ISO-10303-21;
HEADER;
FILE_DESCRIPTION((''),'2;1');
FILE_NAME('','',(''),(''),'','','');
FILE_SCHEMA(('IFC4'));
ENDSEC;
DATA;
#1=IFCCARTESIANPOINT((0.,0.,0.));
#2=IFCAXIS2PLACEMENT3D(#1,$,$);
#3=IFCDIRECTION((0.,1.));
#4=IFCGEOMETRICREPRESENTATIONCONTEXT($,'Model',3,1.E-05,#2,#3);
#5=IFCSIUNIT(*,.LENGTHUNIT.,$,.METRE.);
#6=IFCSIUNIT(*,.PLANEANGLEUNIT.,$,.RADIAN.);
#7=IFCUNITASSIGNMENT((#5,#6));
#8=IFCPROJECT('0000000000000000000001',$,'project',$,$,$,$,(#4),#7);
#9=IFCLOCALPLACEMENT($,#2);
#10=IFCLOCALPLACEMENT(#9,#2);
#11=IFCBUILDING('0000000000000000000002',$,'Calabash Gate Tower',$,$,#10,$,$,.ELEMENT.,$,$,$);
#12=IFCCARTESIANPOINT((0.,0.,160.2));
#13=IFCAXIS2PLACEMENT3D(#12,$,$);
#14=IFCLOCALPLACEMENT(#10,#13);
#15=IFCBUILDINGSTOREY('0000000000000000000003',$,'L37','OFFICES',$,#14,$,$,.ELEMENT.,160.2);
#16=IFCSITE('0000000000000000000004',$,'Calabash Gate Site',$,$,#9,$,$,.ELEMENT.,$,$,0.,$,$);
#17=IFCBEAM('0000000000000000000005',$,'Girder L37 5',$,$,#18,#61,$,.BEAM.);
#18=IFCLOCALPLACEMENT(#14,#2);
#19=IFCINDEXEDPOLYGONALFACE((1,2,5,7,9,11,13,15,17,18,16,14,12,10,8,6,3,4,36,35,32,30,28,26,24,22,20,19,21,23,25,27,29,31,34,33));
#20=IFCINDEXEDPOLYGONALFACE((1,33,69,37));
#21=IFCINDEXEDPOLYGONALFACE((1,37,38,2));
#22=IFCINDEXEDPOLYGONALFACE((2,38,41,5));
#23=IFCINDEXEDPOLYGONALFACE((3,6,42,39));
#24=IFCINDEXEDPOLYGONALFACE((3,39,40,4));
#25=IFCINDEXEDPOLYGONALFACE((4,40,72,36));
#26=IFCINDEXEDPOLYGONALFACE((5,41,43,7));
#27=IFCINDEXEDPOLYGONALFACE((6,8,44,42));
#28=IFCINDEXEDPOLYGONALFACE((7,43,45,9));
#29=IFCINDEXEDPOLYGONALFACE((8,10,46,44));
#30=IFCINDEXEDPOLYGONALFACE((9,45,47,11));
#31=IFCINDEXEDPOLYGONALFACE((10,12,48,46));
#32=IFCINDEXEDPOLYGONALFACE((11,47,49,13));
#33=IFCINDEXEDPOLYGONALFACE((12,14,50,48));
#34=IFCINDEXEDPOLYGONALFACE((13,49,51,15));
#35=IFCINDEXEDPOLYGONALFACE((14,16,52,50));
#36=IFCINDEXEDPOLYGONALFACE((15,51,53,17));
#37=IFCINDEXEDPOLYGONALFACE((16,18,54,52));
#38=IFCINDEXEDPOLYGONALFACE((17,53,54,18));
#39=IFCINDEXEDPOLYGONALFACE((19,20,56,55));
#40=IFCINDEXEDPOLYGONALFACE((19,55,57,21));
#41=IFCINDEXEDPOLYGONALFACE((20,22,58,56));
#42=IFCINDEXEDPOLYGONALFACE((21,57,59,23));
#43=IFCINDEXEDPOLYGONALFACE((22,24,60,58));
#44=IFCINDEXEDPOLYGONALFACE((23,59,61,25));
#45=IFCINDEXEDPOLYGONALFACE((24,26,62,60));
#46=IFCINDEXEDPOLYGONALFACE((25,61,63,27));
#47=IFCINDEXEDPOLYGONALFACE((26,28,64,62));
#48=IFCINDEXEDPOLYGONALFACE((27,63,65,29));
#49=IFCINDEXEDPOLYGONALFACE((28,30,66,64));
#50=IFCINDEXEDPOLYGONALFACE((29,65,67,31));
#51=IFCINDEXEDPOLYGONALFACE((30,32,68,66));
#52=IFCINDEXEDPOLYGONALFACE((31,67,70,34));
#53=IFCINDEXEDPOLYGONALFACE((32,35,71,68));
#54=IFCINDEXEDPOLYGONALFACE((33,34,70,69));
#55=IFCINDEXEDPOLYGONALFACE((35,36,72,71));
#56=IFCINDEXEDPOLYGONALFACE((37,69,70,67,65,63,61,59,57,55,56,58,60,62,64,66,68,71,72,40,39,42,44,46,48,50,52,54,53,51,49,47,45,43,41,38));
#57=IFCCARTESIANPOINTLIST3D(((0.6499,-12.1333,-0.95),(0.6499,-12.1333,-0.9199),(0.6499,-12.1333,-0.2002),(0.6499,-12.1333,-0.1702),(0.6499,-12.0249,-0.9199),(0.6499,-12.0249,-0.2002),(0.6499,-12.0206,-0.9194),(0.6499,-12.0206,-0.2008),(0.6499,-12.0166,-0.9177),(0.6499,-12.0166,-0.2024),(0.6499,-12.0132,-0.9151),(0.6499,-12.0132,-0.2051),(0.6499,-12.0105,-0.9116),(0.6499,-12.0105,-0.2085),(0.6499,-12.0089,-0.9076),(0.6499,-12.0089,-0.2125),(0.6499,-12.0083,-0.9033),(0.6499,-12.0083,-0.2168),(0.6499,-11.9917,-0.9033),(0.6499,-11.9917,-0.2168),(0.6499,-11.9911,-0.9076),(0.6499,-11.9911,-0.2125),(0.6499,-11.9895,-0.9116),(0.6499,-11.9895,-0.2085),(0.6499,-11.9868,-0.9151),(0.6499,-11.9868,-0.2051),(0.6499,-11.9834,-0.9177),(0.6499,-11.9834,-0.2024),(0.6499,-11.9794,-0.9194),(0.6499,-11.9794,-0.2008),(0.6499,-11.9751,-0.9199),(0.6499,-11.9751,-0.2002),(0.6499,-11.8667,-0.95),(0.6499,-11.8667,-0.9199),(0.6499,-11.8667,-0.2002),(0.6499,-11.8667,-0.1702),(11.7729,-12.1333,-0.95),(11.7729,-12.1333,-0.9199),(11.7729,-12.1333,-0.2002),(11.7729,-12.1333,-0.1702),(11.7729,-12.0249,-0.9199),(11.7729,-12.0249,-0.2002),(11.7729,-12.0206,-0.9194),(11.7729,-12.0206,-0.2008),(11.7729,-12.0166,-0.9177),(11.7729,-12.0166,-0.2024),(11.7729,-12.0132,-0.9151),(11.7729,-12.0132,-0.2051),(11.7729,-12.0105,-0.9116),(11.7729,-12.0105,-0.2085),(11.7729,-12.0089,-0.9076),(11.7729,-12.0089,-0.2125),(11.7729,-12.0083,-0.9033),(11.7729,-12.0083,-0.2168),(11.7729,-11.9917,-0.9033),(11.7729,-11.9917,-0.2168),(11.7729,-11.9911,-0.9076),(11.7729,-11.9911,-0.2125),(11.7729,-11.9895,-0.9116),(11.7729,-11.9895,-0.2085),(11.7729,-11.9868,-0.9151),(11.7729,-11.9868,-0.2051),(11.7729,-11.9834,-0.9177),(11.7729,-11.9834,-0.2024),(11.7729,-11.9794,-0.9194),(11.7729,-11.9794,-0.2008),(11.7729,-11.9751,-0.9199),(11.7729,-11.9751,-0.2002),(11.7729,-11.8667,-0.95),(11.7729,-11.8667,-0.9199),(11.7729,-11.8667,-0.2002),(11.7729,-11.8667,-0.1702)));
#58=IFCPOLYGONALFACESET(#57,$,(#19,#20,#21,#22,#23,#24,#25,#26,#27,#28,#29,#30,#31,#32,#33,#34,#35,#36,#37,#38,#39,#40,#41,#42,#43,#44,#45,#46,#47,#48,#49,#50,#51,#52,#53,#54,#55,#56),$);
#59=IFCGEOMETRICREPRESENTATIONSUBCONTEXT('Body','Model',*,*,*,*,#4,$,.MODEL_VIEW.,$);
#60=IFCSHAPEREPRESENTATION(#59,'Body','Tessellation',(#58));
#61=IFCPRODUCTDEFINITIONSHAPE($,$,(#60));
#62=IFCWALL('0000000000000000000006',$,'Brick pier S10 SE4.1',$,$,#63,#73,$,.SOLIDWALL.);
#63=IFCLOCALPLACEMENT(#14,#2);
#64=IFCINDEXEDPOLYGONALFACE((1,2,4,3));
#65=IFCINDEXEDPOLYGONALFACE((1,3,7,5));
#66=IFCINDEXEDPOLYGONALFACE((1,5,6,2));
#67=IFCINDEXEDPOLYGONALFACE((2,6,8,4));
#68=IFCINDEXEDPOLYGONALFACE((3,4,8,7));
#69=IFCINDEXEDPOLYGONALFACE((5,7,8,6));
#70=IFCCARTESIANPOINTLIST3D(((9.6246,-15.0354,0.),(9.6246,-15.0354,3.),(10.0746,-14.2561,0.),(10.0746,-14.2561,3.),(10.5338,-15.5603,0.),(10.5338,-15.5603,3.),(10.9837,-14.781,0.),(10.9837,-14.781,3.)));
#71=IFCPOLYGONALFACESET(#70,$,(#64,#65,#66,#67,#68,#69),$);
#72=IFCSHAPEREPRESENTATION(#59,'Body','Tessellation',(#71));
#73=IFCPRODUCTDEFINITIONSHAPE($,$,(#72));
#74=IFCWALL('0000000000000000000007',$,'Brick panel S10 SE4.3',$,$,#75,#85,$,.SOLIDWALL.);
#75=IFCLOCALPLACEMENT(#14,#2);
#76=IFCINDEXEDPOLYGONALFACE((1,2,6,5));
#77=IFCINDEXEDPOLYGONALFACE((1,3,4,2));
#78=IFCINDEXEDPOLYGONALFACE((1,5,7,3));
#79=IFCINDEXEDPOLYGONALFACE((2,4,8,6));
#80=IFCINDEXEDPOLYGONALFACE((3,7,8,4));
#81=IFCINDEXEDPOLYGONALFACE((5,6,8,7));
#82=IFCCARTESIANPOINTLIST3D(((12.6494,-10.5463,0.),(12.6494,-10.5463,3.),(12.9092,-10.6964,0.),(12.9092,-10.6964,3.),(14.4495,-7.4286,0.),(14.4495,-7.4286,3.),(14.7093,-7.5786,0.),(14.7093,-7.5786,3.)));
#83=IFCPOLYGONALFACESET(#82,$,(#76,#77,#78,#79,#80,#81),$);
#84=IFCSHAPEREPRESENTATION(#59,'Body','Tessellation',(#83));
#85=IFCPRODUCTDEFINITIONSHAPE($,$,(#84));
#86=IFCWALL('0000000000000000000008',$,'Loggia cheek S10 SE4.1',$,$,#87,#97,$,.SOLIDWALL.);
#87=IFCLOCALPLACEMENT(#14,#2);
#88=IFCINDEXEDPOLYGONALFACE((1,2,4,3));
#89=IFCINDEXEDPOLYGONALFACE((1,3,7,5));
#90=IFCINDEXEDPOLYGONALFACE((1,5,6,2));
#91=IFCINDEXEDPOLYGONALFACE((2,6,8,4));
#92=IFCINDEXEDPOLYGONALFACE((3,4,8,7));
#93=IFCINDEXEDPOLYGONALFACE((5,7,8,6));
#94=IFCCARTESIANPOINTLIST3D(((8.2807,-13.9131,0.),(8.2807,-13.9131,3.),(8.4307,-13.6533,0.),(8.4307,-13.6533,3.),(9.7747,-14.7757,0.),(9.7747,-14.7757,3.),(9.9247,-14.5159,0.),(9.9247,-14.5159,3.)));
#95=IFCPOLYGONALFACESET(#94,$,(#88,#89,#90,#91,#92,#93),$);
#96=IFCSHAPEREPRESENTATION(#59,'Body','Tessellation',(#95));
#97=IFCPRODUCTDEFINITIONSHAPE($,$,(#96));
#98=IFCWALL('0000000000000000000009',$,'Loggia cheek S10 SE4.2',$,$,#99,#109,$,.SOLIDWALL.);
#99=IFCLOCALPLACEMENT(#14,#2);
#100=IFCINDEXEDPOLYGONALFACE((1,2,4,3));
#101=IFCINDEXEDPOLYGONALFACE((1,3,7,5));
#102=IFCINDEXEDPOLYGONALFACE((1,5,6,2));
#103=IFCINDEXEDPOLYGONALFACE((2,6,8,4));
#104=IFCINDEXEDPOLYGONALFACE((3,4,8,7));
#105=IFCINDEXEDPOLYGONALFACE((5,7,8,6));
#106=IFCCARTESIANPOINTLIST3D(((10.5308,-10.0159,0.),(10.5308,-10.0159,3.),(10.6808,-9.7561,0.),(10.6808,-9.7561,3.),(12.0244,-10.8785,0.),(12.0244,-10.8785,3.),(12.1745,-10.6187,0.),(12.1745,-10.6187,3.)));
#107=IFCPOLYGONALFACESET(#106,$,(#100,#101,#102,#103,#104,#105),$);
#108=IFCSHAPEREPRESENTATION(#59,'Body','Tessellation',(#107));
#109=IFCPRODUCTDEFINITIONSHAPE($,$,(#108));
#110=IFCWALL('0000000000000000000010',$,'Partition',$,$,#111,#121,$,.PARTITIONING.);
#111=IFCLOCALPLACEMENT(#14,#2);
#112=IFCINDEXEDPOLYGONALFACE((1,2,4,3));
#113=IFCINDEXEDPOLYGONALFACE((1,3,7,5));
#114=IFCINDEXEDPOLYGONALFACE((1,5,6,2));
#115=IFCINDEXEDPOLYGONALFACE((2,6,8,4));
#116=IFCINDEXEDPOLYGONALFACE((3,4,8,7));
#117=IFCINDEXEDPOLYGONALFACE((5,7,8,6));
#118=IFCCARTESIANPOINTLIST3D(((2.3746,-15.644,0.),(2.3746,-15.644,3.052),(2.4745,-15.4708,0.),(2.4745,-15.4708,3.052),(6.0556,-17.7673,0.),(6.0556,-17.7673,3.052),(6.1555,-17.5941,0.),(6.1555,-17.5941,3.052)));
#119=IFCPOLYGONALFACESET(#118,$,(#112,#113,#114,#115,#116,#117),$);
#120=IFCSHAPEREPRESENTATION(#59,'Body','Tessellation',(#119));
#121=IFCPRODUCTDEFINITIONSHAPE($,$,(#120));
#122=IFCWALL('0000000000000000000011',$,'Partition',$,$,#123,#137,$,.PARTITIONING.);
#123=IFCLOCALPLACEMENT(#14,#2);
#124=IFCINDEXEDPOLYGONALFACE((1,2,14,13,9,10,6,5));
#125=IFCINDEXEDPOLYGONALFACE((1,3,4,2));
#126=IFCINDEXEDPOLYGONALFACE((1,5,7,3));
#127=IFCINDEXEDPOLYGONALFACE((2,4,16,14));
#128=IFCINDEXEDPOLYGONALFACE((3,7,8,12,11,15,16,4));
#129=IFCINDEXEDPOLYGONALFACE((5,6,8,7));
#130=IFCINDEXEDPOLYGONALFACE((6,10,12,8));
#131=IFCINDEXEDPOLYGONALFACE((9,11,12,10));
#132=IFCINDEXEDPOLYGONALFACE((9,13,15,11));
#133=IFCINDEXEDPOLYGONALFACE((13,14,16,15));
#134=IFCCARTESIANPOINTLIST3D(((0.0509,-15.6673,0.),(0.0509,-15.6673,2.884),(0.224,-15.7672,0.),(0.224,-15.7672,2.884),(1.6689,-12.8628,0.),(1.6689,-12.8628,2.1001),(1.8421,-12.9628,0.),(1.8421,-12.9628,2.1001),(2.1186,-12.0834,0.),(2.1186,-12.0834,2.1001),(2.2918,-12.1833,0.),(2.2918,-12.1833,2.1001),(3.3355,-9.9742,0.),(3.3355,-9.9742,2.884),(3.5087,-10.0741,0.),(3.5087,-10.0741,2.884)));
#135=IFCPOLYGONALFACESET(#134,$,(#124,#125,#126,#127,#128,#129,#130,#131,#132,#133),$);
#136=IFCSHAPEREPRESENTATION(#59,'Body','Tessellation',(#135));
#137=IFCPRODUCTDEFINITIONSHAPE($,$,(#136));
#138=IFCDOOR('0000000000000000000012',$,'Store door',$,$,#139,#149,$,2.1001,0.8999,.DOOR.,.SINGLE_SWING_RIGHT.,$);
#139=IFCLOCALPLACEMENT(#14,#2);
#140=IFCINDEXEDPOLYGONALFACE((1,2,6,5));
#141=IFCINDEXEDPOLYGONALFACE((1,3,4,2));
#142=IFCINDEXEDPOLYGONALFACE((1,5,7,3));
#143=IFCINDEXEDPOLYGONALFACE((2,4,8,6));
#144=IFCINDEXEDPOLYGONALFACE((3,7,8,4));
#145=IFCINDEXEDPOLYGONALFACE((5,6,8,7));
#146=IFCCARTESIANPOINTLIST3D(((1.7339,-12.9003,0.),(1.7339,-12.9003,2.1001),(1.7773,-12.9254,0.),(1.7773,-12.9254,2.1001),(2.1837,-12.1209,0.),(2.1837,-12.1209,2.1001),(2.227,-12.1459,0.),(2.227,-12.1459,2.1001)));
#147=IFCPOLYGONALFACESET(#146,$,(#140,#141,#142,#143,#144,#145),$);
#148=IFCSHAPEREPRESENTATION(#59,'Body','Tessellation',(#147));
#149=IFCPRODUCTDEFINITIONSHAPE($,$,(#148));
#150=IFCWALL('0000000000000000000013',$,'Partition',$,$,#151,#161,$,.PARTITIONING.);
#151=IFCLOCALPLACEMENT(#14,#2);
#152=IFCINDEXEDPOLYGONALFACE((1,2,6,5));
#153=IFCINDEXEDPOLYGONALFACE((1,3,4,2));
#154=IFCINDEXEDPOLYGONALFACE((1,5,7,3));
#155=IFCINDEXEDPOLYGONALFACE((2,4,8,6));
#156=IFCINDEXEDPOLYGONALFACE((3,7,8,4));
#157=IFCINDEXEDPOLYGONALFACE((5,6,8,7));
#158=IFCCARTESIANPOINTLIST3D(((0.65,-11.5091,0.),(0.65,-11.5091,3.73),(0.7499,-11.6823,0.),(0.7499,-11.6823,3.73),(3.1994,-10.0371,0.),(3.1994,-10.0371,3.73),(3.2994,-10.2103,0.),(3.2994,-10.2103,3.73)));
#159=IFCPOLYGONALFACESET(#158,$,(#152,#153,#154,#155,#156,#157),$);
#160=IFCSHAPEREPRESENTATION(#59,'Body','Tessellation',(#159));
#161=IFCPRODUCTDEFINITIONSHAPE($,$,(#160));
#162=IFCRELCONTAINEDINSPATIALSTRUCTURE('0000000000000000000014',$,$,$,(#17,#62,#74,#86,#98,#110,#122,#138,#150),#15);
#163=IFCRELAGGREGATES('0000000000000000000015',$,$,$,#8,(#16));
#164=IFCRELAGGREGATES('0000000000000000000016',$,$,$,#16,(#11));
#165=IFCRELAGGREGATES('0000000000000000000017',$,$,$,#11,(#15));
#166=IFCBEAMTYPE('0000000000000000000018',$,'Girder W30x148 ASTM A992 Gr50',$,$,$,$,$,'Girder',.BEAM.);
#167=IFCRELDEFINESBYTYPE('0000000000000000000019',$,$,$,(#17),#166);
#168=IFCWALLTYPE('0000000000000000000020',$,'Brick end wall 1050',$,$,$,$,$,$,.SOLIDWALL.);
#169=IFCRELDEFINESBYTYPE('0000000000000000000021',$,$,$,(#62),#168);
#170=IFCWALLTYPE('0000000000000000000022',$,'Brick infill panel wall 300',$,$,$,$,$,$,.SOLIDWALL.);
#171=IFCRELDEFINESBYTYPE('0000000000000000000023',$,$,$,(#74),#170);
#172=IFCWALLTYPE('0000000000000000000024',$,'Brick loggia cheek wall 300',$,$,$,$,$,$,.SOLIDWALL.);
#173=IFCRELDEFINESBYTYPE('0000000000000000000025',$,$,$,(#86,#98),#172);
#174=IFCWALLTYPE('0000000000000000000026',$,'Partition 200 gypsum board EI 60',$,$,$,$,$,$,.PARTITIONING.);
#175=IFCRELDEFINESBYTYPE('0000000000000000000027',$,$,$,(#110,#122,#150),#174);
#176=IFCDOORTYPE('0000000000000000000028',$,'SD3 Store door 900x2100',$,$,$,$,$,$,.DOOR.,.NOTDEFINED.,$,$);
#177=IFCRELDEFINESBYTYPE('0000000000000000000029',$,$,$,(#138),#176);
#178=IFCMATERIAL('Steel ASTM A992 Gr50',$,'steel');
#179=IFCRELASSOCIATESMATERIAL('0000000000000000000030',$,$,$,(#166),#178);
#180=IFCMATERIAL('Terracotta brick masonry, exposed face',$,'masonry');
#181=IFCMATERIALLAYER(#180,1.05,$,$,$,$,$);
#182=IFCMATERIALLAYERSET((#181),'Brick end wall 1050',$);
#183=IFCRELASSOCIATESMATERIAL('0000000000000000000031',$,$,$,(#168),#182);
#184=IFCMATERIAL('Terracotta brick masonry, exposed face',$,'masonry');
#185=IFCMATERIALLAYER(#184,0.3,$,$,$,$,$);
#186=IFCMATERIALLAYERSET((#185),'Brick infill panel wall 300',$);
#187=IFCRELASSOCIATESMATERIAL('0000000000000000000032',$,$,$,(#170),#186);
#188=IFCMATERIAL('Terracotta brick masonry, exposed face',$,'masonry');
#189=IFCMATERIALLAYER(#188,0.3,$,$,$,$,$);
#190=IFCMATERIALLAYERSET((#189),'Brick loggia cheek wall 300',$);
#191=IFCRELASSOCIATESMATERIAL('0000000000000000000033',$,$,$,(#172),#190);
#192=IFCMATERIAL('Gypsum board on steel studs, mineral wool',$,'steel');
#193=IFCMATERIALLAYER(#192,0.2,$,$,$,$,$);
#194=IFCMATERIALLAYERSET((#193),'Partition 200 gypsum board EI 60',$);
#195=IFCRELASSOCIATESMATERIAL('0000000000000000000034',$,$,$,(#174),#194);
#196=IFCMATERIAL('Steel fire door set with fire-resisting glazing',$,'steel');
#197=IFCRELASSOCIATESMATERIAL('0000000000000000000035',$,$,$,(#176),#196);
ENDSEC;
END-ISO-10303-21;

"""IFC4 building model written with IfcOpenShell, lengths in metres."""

from ifc_helpers import new_model, si_unit, direction, frame, frame_2d, origin, origin_2d, place, context, subcontext, project, spatial, rectangle, i_section, extrude, material, layer, layer_set, material_profile, profile_set, type_object, element, fill, save


model = new_model("IFC4")

# Units and contexts
model_context = context("Model", 3, precision=1e-05, world=origin(), true_north=direction((0.0, 1.0)))
body_context = subcontext(model_context, "Body", "Model", "MODEL_VIEW")
ifc_project = project(units=[si_unit("LENGTHUNIT", "METRE"), si_unit("PLANEANGLEUNIT", "RADIAN")], contexts=[model_context])

# Site, building, storey
site_placement = place(None, origin())
site = spatial("IfcSite", under=ifc_project, at=site_placement, Name="Calabash Gate Site", CompositionType="ELEMENT", RefElevation=0.0)
building_placement = place(site_placement, origin())
building = spatial("IfcBuilding", under=site, at=building_placement, Name="Calabash Gate Tower", CompositionType="ELEMENT")
storey_placement = place(building_placement, frame((0.0, 0.0, 160.2)))
storey = spatial("IfcBuildingStorey", under=building, at=storey_placement, Name="L37", Description="OFFICES", CompositionType="ELEMENT", Elevation=160.2)

# Beam
ifc_material_1 = material(Name="Steel ASTM A992 Gr50", Category="steel")
ifc_material_profile_1 = material_profile(ifc_material_1, i_section(OverallWidth=0.2666, OverallDepth=0.7798, WebThickness=0.0166, FlangeThickness=0.03, FilletRadius=0.0166, at=origin_2d()))
ifc_profile_set_1 = profile_set([ifc_material_profile_1], Name="Steel ASTM A992 Gr50")
beam_type_1 = type_object("IfcBeamType", Name="Girder W30x148 ASTM A992 Gr50", ElementType="Girder", PredefinedType="BEAM", material=ifc_profile_set_1)
beam_1_placement = place(storey_placement, frame((0.6499, -12.0, -0.5601), z_axis=(1.0, 0.0, 0.0), x_axis=(0.0, 1.0, 0.0)))
element("IfcBeam", 1, at=beam_1_placement, inside=storey, type_object=beam_type_1, Name="Girder L37 5", PredefinedType="BEAM", context=body_context, shape_type="SweptSolid", body=[
    extrude(i_section(OverallWidth=0.2666, OverallDepth=0.7798, WebThickness=0.0166, FlangeThickness=0.03, FilletRadius=0.0166, at=origin_2d()), origin(), (0.0, 0.0, 1.0), 11.123),
])

# Walls
ifc_material_2 = material(Name="Terracotta brick masonry, exposed face", Category="masonry")
ifc_layer_1 = layer(ifc_material_2, 1.05)
ifc_layer_set_1 = layer_set([ifc_layer_1], Name="Brick end wall 1050")
wall_type_1 = type_object("IfcWallType", Name="Brick end wall 1050", PredefinedType="SOLIDWALL", material=ifc_layer_set_1)
wall_1_placement = place(storey_placement, frame((9.8496, -14.6458, 0.0), z_axis=(0.0, 0.0, 1.0), x_axis=(0.866031, -0.499991, 0.0)))
element("IfcWall", 2, at=wall_1_placement, inside=storey, type_object=wall_type_1, Name="Brick pier S10 SE4.1", PredefinedType="SOLIDWALL", context=body_context, shape_type="SweptSolid", body=[
    extrude(rectangle(XDim=1.0498, YDim=0.8999, at=frame_2d((0.5249, 0.0))), origin(), (0.0, 0.0, 1.0), 3.0),
])
ifc_material_3 = material(Name="Terracotta brick masonry, exposed face", Category="masonry")
ifc_layer_2 = layer(ifc_material_3, 0.3)
ifc_layer_set_2 = layer_set([ifc_layer_2], Name="Brick infill panel wall 300")
wall_type_2 = type_object("IfcWallType", Name="Brick infill panel wall 300", PredefinedType="SOLIDWALL", material=ifc_layer_set_2)
wall_2_placement = place(storey_placement, frame((12.7793, -10.6213, 0.0), z_axis=(0.0, 0.0, 1.0), x_axis=(0.500012, 0.866018, 0.0)))
element("IfcWall", 3, at=wall_2_placement, inside=storey, type_object=wall_type_2, Name="Brick panel S10 SE4.3", PredefinedType="SOLIDWALL", context=body_context, shape_type="SweptSolid", body=[
    extrude(rectangle(XDim=3.6001, YDim=0.3, at=frame_2d((1.8, 0.0))), origin(), (0.0, 0.0, 1.0), 3.0),
])
ifc_material_4 = material(Name="Terracotta brick masonry, exposed face", Category="masonry")
ifc_layer_3 = layer(ifc_material_4, 0.3)
ifc_layer_set_3 = layer_set([ifc_layer_3], Name="Brick loggia cheek wall 300")
wall_type_3 = type_object("IfcWallType", Name="Brick loggia cheek wall 300", PredefinedType="SOLIDWALL", material=ifc_layer_set_3)
wall_3_placement = place(storey_placement, frame((8.3557, -13.7832, 0.0), z_axis=(0.0, 0.0, 1.0), x_axis=(0.866014, -0.500021, 0.0)))
element("IfcWall", 4, at=wall_3_placement, inside=storey, type_object=wall_type_3, Name="Loggia cheek S10 SE4.1", PredefinedType="SOLIDWALL", context=body_context, shape_type="SweptSolid", body=[
    extrude(rectangle(XDim=1.7251, YDim=0.3, at=frame_2d((0.8625, 0.0))), origin(), (0.0, 0.0, 1.0), 3.0),
])
wall_4_placement = place(storey_placement, frame((12.0994, -10.7485, 0.0), z_axis=(0.0, 0.0, 1.0), x_axis=(-0.865978, 0.500082, 0.0)))
element("IfcWall", 5, at=wall_4_placement, inside=storey, type_object=wall_type_3, Name="Loggia cheek S10 SE4.2", PredefinedType="SOLIDWALL", context=body_context, shape_type="SweptSolid", body=[
    extrude(rectangle(XDim=1.7249, YDim=0.3, at=frame_2d((0.8623, 0.0))), origin(), (0.0, 0.0, 1.0), 3.0),
])
ifc_material_5 = material(Name="Gypsum board on steel studs, mineral wool", Category="steel")
ifc_layer_4 = layer(ifc_material_5, 0.2)
ifc_layer_set_4 = layer_set([ifc_layer_4], Name="Partition 200 gypsum board EI 60")
wall_type_4 = type_object("IfcWallType", Name="Partition 200 gypsum board EI 60", PredefinedType="PARTITIONING", material=ifc_layer_set_4)
wall_5_placement = place(storey_placement, frame((2.4246, -15.5574, 0.0), z_axis=(0.0, 0.0, 1.0), x_axis=(0.866217, -0.499668, 0.0)))
element("IfcWall", 6, at=wall_5_placement, inside=storey, type_object=wall_type_4, Name="Partition", PredefinedType="PARTITIONING", context=body_context, shape_type="SweptSolid", body=[
    extrude(rectangle(XDim=4.2495, YDim=0.2, at=frame_2d((2.1248, 0.0))), origin(), (0.0, 0.0, 1.0), 3.052),
])

# Wall, opening, door
wall_6_placement = place(storey_placement, frame((0.1375, -15.7173, 0.0), z_axis=(0.0, 0.0, 1.0), x_axis=(0.499743, 0.866174, 0.0)))
wall_6 = element("IfcWall", 7, at=wall_6_placement, inside=storey, type_object=wall_type_4, Name="Partition", PredefinedType="PARTITIONING", context=body_context, shape_type="SweptSolid", body=[
    extrude(rectangle(XDim=6.5728, YDim=0.2, at=frame_2d((3.2864, 0.0))), origin(), (0.0, 0.0, 1.0), 2.884),
])
opening_1_placement = place(wall_6_placement, frame((3.2378, 0.0, 0.0)))
opening_1 = element("IfcOpeningElement", 8, at=opening_1_placement, cuts=wall_6, PredefinedType="OPENING", context=body_context, shape_type="SweptSolid", body=[
    extrude(rectangle(XDim=0.8999, YDim=2.1001, at=frame_2d((0.45, 1.05))), frame((0.0, 0.1099, 0.0), z_axis=(0.0, -1.0, 0.0), x_axis=(1.0, 0.0, 0.0)), (0.0, 0.0, 1.0), 0.22),
])
ifc_material_6 = material(Name="Steel fire door set with fire-resisting glazing", Category="steel")
door_type_1 = type_object("IfcDoorType", Name="SD3 Store door 900x2100", OperationType="NOTDEFINED", PredefinedType="DOOR", material=ifc_material_6)
door_1_placement = place(opening_1_placement, origin())
door_1 = element("IfcDoor", 9, at=door_1_placement, inside=storey, type_object=door_type_1, Name="Store door", OperationType="SINGLE_SWING_RIGHT", OverallHeight=2.1001, OverallWidth=0.8999, PredefinedType="DOOR", context=body_context, shape_type="SweptSolid", body=[
    extrude(rectangle(XDim=0.8999, YDim=2.1001, at=frame_2d((0.45, 1.05))), frame((0.0, 0.0249, 0.0), z_axis=(0.0, -1.0, 0.0), x_axis=(1.0, 0.0, 0.0)), (0.0, 0.0, 1.0), 0.05),
])
fill(opening_1, door_1)

# Wall
wall_7_placement = place(storey_placement, frame((0.7, -11.5957, 0.0), z_axis=(0.0, 0.0, 1.0), x_axis=(0.866014, 0.500019, 0.0)))
element("IfcWall", 10, at=wall_7_placement, inside=storey, type_object=wall_type_4, Name="Partition", PredefinedType="PARTITIONING", context=body_context, shape_type="SweptSolid", body=[
    extrude(rectangle(XDim=2.9438, YDim=0.2, at=frame_2d((1.4719, 0.0))), origin(), (0.0, 0.0, 1.0), 3.73),
])

save(model, "model.ifc")
